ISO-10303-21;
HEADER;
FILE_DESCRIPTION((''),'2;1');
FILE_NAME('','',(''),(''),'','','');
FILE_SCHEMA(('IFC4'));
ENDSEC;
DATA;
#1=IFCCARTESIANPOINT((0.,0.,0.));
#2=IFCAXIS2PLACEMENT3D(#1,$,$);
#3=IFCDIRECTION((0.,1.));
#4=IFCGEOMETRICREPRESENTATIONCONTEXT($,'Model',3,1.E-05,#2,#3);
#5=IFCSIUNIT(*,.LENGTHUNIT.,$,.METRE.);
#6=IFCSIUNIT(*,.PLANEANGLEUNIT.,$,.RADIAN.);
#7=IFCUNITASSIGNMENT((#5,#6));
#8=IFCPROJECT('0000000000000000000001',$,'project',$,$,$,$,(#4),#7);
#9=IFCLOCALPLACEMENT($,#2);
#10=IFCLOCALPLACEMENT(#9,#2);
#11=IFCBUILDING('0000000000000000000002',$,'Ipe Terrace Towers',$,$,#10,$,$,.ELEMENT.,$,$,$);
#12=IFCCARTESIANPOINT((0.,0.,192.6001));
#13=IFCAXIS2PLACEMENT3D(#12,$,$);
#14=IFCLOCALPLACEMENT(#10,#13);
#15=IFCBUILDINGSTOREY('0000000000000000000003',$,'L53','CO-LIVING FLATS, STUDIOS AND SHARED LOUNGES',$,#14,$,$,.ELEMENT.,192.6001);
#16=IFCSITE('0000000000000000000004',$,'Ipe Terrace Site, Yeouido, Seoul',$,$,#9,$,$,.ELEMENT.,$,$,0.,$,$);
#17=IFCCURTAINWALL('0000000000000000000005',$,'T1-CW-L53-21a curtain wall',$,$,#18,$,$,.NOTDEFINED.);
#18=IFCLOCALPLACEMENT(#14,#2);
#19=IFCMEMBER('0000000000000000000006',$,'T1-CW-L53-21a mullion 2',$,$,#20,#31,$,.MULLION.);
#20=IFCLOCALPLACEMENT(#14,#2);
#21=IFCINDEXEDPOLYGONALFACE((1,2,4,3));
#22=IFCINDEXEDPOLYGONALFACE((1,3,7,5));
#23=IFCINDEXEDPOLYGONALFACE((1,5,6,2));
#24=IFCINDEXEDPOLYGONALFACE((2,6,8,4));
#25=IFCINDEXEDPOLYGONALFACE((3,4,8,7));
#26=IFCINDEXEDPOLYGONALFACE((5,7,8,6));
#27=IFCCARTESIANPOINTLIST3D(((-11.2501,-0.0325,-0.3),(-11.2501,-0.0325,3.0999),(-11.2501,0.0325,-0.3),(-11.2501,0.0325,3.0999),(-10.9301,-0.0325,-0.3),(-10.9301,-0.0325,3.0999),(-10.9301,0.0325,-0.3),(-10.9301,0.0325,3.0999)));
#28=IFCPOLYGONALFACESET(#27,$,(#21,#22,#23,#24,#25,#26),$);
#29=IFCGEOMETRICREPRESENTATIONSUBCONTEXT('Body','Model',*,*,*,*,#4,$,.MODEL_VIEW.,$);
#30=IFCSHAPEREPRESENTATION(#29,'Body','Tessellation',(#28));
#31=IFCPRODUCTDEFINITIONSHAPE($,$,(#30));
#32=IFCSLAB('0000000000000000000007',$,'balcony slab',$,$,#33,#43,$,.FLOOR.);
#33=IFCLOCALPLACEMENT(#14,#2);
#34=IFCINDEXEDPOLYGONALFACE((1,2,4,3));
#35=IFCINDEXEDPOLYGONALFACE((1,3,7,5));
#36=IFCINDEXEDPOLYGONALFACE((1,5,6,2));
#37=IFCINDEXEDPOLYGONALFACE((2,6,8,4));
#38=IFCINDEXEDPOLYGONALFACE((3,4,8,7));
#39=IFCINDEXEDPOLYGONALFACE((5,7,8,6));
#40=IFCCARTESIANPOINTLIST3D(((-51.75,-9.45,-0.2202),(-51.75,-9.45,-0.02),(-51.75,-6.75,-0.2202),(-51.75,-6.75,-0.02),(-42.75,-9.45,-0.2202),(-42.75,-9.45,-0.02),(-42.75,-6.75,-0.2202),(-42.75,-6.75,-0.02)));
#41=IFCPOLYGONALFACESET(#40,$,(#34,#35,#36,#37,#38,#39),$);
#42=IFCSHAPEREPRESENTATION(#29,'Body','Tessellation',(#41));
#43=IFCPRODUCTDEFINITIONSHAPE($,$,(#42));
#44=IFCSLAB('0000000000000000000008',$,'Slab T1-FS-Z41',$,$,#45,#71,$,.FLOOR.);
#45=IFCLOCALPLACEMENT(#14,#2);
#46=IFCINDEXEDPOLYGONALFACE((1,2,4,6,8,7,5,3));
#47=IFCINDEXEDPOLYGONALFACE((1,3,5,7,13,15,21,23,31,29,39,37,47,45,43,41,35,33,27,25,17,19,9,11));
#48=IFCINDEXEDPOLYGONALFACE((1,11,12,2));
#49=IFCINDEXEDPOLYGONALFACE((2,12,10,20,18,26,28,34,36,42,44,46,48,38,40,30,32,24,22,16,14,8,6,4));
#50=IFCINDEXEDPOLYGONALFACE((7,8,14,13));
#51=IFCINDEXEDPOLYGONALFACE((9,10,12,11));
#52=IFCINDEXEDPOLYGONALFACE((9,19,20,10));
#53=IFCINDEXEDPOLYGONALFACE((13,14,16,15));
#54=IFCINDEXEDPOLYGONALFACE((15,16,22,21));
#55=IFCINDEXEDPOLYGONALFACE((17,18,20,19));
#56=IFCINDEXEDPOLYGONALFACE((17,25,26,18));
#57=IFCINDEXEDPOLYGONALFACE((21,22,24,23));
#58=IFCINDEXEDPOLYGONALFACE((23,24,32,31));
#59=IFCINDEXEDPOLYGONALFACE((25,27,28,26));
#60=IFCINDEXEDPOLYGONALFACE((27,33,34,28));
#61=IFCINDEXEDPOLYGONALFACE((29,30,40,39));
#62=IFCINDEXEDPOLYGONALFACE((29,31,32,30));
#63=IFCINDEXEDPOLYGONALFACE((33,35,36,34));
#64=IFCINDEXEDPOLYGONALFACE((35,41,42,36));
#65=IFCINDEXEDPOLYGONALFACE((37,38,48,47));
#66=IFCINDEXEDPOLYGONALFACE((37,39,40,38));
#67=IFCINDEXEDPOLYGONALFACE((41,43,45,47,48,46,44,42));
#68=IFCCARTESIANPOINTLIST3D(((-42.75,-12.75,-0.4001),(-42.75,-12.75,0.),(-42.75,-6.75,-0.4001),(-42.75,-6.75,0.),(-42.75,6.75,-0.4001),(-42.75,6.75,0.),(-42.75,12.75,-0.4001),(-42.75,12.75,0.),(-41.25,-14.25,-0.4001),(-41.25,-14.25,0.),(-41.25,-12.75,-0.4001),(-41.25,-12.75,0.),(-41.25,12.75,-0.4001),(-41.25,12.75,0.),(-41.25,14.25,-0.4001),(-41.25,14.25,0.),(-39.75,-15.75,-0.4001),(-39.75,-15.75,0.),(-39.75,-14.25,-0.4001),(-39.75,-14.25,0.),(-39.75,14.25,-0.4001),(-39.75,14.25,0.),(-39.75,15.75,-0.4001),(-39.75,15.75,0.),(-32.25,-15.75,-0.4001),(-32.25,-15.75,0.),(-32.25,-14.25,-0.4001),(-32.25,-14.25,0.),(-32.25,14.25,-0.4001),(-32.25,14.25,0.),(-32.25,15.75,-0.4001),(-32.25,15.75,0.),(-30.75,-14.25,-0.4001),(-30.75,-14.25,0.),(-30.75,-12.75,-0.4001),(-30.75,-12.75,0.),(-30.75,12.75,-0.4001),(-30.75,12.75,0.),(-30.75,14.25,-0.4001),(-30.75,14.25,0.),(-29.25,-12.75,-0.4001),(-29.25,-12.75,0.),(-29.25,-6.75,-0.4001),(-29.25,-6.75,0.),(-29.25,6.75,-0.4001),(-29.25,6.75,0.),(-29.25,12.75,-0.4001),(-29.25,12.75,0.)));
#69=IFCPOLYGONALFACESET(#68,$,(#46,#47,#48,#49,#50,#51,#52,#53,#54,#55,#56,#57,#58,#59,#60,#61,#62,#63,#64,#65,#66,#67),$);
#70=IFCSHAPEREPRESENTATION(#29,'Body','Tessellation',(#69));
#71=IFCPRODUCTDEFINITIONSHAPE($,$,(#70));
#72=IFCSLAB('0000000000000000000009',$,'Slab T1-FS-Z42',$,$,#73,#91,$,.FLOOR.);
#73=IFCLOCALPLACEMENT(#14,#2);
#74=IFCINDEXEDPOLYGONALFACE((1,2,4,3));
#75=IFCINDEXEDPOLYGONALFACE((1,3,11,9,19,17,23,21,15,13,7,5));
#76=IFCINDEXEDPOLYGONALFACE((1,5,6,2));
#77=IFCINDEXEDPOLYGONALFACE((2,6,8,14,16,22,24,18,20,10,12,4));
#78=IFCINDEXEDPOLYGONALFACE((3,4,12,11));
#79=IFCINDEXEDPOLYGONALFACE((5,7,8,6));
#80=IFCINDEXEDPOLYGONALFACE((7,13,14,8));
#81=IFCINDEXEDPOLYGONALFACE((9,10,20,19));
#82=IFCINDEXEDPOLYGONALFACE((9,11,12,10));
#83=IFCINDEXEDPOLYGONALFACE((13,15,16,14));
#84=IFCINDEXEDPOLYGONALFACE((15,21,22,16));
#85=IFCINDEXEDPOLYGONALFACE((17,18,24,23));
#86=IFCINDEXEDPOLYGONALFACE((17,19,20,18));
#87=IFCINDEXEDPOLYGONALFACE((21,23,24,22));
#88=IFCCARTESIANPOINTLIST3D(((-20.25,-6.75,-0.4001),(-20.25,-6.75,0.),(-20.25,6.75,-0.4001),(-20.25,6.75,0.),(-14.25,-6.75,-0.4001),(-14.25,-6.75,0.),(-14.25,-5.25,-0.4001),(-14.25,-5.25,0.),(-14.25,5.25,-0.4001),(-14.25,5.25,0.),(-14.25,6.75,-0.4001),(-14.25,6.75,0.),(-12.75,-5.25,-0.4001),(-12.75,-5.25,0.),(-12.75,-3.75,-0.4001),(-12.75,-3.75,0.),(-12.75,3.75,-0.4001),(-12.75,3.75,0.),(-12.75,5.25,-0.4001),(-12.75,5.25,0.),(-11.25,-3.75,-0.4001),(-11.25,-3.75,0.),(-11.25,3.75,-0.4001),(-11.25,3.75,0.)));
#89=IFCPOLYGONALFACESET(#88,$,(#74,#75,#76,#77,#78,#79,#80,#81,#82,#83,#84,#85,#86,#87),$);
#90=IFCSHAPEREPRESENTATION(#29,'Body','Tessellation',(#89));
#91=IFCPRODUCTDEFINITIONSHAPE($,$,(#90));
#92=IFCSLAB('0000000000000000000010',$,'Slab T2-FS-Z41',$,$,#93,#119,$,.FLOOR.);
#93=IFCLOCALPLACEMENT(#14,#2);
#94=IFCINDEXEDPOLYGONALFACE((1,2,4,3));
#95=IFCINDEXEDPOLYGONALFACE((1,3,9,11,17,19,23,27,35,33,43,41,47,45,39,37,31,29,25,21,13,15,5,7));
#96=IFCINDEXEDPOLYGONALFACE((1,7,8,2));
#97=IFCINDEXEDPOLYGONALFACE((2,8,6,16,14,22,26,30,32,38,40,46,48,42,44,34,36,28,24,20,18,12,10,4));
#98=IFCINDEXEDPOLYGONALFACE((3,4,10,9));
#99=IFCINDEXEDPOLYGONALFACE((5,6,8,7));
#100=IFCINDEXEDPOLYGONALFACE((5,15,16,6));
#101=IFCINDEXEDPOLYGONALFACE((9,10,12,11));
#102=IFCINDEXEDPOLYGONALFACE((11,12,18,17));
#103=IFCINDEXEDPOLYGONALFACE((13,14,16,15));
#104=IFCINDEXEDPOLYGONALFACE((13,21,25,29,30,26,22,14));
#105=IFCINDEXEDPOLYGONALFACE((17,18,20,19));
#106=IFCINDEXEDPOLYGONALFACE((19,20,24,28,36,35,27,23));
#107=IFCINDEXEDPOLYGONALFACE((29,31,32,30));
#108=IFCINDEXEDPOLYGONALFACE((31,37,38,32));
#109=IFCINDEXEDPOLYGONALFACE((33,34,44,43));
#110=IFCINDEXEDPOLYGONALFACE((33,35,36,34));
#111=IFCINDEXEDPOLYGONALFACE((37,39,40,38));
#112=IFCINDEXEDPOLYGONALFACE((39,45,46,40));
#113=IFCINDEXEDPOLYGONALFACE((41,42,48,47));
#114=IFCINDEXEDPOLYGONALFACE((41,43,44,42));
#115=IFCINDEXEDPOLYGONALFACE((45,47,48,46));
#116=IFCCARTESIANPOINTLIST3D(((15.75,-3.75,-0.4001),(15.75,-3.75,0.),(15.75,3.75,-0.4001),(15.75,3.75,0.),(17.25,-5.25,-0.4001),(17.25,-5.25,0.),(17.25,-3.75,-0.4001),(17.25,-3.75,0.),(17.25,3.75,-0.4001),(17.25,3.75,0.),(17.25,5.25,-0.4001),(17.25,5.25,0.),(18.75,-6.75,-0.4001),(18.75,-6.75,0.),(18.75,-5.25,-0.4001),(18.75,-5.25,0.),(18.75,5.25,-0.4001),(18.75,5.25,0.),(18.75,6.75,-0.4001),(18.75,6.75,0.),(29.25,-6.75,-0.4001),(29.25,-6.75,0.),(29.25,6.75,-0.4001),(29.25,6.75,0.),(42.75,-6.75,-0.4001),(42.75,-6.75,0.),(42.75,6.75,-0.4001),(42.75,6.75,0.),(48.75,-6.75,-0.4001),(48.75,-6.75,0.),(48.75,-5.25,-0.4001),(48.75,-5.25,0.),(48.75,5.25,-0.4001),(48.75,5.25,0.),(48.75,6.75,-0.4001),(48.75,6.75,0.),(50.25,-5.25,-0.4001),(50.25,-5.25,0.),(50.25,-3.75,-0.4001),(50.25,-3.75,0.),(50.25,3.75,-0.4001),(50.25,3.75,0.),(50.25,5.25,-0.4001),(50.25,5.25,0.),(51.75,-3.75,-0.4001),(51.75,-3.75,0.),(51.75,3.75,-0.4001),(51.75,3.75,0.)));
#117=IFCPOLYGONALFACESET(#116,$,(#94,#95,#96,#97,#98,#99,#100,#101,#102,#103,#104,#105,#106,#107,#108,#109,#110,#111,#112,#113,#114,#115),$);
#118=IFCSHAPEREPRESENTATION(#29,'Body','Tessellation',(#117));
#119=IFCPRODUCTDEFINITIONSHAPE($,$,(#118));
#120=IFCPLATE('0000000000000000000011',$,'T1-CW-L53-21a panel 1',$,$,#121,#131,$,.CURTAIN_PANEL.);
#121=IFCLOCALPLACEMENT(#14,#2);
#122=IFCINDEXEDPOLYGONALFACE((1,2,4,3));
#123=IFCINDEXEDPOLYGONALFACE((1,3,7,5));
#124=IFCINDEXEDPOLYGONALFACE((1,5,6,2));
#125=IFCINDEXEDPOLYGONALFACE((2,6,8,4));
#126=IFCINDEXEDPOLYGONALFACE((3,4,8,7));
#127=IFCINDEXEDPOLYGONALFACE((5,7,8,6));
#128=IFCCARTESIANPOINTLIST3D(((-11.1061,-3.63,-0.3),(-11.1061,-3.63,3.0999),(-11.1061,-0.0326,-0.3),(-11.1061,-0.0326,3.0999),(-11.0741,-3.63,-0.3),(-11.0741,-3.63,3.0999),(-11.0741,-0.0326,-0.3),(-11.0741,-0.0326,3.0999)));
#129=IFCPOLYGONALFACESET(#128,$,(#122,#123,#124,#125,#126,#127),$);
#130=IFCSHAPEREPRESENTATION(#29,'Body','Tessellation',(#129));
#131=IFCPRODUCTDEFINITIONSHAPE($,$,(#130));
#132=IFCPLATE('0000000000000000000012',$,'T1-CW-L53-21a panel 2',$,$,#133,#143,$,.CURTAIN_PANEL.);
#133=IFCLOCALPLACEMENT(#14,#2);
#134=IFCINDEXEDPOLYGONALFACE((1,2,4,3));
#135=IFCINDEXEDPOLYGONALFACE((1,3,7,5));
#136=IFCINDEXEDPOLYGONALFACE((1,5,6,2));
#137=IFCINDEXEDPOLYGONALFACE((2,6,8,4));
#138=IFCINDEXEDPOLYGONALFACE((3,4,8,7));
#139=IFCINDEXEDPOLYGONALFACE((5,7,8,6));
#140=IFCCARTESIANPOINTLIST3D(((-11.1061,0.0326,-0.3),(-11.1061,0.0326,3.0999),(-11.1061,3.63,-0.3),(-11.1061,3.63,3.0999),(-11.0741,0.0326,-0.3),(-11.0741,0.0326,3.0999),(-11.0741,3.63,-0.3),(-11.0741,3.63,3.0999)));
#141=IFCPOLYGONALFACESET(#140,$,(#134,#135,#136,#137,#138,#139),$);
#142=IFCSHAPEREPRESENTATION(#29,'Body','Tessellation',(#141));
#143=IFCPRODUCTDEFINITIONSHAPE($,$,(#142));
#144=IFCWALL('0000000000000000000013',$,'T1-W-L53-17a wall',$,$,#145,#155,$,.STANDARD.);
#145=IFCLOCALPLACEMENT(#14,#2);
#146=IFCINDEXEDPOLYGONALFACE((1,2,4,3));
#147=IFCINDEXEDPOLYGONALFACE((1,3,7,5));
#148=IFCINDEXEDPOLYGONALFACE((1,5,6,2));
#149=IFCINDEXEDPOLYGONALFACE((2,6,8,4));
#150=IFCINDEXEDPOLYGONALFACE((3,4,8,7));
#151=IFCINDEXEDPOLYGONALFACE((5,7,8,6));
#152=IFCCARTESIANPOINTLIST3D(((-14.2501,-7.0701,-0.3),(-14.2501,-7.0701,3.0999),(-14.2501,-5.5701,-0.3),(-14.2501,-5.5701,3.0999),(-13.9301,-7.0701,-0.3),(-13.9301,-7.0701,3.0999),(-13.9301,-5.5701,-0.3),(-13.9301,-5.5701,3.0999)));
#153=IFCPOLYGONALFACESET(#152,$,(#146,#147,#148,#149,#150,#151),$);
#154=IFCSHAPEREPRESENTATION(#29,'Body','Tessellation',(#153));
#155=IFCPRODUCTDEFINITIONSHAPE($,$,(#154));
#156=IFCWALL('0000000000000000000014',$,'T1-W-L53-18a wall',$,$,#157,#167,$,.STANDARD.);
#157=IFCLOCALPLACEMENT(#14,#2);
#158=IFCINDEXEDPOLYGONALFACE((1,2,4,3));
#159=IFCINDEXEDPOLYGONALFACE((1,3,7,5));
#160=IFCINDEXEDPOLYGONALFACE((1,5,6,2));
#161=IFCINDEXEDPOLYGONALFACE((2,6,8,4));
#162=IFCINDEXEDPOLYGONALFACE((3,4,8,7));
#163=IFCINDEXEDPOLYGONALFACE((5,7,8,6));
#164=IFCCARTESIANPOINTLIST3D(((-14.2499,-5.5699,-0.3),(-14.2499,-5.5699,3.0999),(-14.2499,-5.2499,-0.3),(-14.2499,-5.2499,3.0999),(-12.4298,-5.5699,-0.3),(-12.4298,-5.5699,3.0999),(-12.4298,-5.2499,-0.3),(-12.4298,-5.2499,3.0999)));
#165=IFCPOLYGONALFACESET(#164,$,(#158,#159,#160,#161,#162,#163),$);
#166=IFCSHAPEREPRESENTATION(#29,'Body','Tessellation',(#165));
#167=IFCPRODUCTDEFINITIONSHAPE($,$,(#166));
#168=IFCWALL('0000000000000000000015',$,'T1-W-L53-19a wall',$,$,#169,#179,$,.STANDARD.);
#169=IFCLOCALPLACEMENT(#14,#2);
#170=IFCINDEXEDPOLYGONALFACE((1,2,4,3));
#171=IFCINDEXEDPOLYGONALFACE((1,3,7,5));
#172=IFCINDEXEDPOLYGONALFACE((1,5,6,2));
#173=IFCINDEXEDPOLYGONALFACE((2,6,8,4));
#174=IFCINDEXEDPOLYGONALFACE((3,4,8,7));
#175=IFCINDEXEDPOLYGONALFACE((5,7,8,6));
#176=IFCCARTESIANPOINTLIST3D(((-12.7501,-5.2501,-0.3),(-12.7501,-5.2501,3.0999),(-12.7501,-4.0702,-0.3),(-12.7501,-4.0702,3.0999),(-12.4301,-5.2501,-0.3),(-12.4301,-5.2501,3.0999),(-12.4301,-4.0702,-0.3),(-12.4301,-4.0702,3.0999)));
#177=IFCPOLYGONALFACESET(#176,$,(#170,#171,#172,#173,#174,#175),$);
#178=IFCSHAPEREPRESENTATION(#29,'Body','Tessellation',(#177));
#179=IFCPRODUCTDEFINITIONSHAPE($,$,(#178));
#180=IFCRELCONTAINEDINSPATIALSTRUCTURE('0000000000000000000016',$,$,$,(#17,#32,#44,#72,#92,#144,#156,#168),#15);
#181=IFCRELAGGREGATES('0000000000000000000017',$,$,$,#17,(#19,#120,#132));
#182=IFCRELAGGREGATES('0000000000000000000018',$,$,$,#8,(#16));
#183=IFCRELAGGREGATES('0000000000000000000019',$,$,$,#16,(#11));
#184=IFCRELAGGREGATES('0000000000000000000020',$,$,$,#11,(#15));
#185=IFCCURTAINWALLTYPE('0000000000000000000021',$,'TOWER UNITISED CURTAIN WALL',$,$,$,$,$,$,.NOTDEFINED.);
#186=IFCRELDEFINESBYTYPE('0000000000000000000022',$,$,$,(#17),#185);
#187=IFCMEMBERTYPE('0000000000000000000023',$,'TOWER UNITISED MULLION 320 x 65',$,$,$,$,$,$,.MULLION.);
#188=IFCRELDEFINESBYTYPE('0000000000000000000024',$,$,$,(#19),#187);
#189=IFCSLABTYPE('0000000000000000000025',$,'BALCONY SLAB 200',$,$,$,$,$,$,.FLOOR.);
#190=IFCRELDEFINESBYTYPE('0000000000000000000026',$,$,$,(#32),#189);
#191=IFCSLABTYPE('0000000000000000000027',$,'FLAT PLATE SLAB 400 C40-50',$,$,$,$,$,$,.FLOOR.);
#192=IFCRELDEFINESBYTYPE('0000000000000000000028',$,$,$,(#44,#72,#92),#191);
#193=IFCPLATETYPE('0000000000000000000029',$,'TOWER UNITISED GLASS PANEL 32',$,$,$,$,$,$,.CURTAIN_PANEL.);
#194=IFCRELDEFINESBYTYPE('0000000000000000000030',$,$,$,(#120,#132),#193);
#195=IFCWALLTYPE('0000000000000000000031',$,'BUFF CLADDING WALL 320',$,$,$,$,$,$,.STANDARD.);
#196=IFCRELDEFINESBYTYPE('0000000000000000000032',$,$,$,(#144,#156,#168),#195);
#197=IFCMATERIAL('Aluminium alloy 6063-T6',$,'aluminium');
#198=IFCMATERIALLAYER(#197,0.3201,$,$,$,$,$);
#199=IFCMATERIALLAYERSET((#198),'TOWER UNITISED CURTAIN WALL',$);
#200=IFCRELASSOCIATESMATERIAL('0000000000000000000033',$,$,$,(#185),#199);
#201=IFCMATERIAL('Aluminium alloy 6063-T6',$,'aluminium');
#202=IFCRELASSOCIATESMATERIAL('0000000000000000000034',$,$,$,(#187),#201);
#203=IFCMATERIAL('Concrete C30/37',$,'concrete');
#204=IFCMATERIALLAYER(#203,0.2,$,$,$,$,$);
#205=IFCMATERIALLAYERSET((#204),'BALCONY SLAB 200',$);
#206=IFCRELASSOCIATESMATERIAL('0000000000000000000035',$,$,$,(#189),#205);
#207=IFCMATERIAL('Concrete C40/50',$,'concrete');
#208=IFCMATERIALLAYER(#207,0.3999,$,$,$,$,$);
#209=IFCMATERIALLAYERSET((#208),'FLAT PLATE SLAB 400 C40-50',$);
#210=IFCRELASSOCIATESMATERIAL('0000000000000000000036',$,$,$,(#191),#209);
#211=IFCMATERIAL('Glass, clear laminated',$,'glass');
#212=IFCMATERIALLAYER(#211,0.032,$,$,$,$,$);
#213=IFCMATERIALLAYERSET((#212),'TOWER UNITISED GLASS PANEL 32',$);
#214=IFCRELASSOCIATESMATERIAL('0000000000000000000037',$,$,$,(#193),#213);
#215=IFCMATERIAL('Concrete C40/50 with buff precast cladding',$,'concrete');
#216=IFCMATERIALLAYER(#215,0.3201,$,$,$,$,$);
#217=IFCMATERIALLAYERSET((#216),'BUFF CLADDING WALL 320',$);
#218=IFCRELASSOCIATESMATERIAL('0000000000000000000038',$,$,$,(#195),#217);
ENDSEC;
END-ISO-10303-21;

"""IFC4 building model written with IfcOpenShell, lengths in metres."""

from ifc_helpers import new_model, si_unit, direction, frame, frame_2d, origin, origin_2d, place, context, subcontext, project, spatial, polyline, rectangle, outline, extrude, material, layer, layer_set, material_profile, profile_set, type_object, element, aggregate, save


model = new_model("IFC4")

# Units and contexts
model_context = context("Model", 3, precision=1e-05, world=origin(), true_north=direction((0.0, 1.0)))
body_context = subcontext(model_context, "Body", "Model", "MODEL_VIEW")
ifc_project = project(units=[si_unit("LENGTHUNIT", "METRE"), si_unit("PLANEANGLEUNIT", "RADIAN")], contexts=[model_context])

# Site, building, storey
site_placement = place(None, origin())
site = spatial("IfcSite", under=ifc_project, at=site_placement, Name="Ipe Terrace Site, Yeouido, Seoul", CompositionType="ELEMENT", RefElevation=0.0)
building_placement = place(site_placement, origin())
building = spatial("IfcBuilding", under=site, at=building_placement, Name="Ipe Terrace Towers", CompositionType="ELEMENT")
storey_placement = place(building_placement, frame((0.0, 0.0, 192.6001)))
storey = spatial("IfcBuildingStorey", under=building, at=storey_placement, Name="L53", Description="CO-LIVING FLATS, STUDIOS AND SHARED LOUNGES", CompositionType="ELEMENT", Elevation=192.6001)

# Curtain wall, member
ifc_material_1 = material(Name="Aluminium alloy 6063-T6", Category="aluminium")
ifc_layer_1 = layer(ifc_material_1, 0.3201)
ifc_layer_set_1 = layer_set([ifc_layer_1], Name="TOWER UNITISED CURTAIN WALL")
curtain_wall_type = type_object("IfcCurtainWallType", Name="TOWER UNITISED CURTAIN WALL", PredefinedType="NOTDEFINED", material=ifc_layer_set_1)
curtain_wall_placement = place(storey_placement, origin())
curtain_wall = element("IfcCurtainWall", 1, at=curtain_wall_placement, inside=storey, type_object=curtain_wall_type, Name="T1-CW-L53-21a curtain wall", PredefinedType="NOTDEFINED")
ifc_material_2 = material(Name="Aluminium alloy 6063-T6", Category="aluminium")
ifc_material_profile_1 = material_profile(ifc_material_2, rectangle(XDim=0.3201, YDim=0.0649, at=origin_2d()), Name="TOWER UNITISED MULLION 320 x 65")
ifc_profile_set_1 = profile_set([ifc_material_profile_1], Name="Aluminium alloy 6063-T6")
member_type_1 = type_object("IfcMemberType", Name="TOWER UNITISED MULLION 320 x 65", PredefinedType="MULLION", material=ifc_profile_set_1)
member_1_placement = place(storey_placement, frame((-11.0901, 0.0, -0.3), z_axis=(0.0, 0.0, 1.0), x_axis=(1.0, 0.0, 0.0)))
member_1 = element("IfcMember", 2, at=member_1_placement, type_object=member_type_1, Name="T1-CW-L53-21a mullion 2", PredefinedType="MULLION", context=body_context, shape_type="SweptSolid", body=[
    extrude(rectangle(XDim=0.3201, YDim=0.0649, at=origin_2d()), origin(), (0.0, 0.0, 1.0), 3.3999),
])

# Slabs
ifc_material_3 = material(Name="Concrete C30/37", Category="concrete")
ifc_layer_2 = layer(ifc_material_3, 0.2)
ifc_layer_set_2 = layer_set([ifc_layer_2], Name="BALCONY SLAB 200")
slab_type_1 = type_object("IfcSlabType", Name="BALCONY SLAB 200", PredefinedType="FLOOR", material=ifc_layer_set_2)
slab_1_placement = place(storey_placement, frame((0.0, 0.0, -0.2202)))
element("IfcSlab", 3, at=slab_1_placement, inside=storey, type_object=slab_type_1, Name="balcony slab", PredefinedType="FLOOR", context=body_context, shape_type="SweptSolid", body=[
    extrude(outline(polyline([(-51.75, -6.75), (-51.75, -9.45), (-42.75, -9.45), (-42.75, -6.75), (-51.75, -6.75)])), origin(), (0.0, 0.0, 1.0), 0.2002),
])
ifc_material_4 = material(Name="Concrete C40/50", Category="concrete")
ifc_layer_3 = layer(ifc_material_4, 0.3999)
ifc_layer_set_3 = layer_set([ifc_layer_3], Name="FLAT PLATE SLAB 400 C40-50")
slab_type_2 = type_object("IfcSlabType", Name="FLAT PLATE SLAB 400 C40-50", PredefinedType="FLOOR", material=ifc_layer_set_3)
slab_2_placement = place(storey_placement, frame((0.0, 0.0, -0.4001)))
element("IfcSlab", 4, at=slab_2_placement, inside=storey, type_object=slab_type_2, Name="Slab T1-FS-Z41", PredefinedType="FLOOR", context=body_context, shape_type="SweptSolid", body=[
    extrude(outline(polyline([(-30.75, -12.75), (-30.75, -14.25), (-32.25, -14.25), (-32.25, -15.75), (-39.75, -15.75), (-39.75, -14.25), (-41.25, -14.25), (-41.25, -12.75), (-42.75, -12.75), (-42.75, -6.75), (-42.75, 6.75), (-42.75, 12.75), (-41.25, 12.75), (-41.25, 14.25), (-39.75, 14.25), (-39.75, 15.75), (-32.25, 15.75), (-32.25, 14.25), (-30.75, 14.25), (-30.75, 12.75), (-29.25, 12.75), (-29.25, 6.75), (-29.25, -6.75), (-29.25, -12.75), (-30.75, -12.75)])), origin(), (0.0, 0.0, 1.0), 0.4001),
])
slab_3_placement = place(storey_placement, frame((0.0, 0.0, -0.4001)))
element("IfcSlab", 5, at=slab_3_placement, inside=storey, type_object=slab_type_2, Name="Slab T1-FS-Z42", PredefinedType="FLOOR", context=body_context, shape_type="SweptSolid", body=[
    extrude(outline(polyline([(-14.25, 5.25), (-12.75, 5.25), (-12.75, 3.75), (-11.25, 3.75), (-11.25, -3.75), (-12.75, -3.75), (-12.75, -5.25), (-14.25, -5.25), (-14.25, -6.75), (-20.25, -6.75), (-20.25, 6.75), (-14.25, 6.75), (-14.25, 5.25)])), origin(), (0.0, 0.0, 1.0), 0.4001),
])
slab_4_placement = place(storey_placement, frame((0.0, 0.0, -0.4001)))
element("IfcSlab", 6, at=slab_4_placement, inside=storey, type_object=slab_type_2, Name="Slab T2-FS-Z41", PredefinedType="FLOOR", context=body_context, shape_type="SweptSolid", body=[
    extrude(outline(polyline([(48.75, 5.25), (50.25, 5.25), (50.25, 3.75), (51.75, 3.75), (51.75, -3.75), (50.25, -3.75), (50.25, -5.25), (48.75, -5.25), (48.75, -6.75), (42.75, -6.75), (29.25, -6.75), (18.75, -6.75), (18.75, -5.25), (17.25, -5.25), (17.25, -3.75), (15.75, -3.75), (15.75, 3.75), (17.25, 3.75), (17.25, 5.25), (18.75, 5.25), (18.75, 6.75), (29.25, 6.75), (42.75, 6.75), (48.75, 6.75), (48.75, 5.25)])), origin(), (0.0, 0.0, 1.0), 0.4001),
])

# Plates
ifc_material_5 = material(Name="Glass, clear laminated", Category="glass")
ifc_layer_4 = layer(ifc_material_5, 0.032)
ifc_layer_set_4 = layer_set([ifc_layer_4], Name="TOWER UNITISED GLASS PANEL 32")
plate_type = type_object("IfcPlateType", Name="TOWER UNITISED GLASS PANEL 32", PredefinedType="CURTAIN_PANEL", material=ifc_layer_set_4)
plate_1_placement = place(storey_placement, frame((-11.0901, -1.8313, -0.3), z_axis=(0.0, 0.0, 1.0), x_axis=(0.0, 1.0, 0.0)))
plate_1 = element("IfcPlate", 7, at=plate_1_placement, type_object=plate_type, Name="T1-CW-L53-21a panel 1", PredefinedType="CURTAIN_PANEL", context=body_context, shape_type="SweptSolid", body=[
    extrude(rectangle(XDim=3.5974, YDim=0.032, at=origin_2d()), origin(), (0.0, 0.0, 1.0), 3.3999),
])
plate_2_placement = place(storey_placement, frame((-11.0901, 1.8313, -0.3), z_axis=(0.0, 0.0, 1.0), x_axis=(0.0, 1.0, 0.0)))
plate_2 = element("IfcPlate", 8, at=plate_2_placement, type_object=plate_type, Name="T1-CW-L53-21a panel 2", PredefinedType="CURTAIN_PANEL", context=body_context, shape_type="SweptSolid", body=[
    extrude(rectangle(XDim=3.5974, YDim=0.032, at=origin_2d()), origin(), (0.0, 0.0, 1.0), 3.3999),
])
aggregate(curtain_wall, [member_1, plate_1, plate_2])

# Walls
ifc_material_6 = material(Name="Concrete C40/50 with buff precast cladding", Category="concrete")
ifc_layer_5 = layer(ifc_material_6, 0.3201)
ifc_layer_set_5 = layer_set([ifc_layer_5], Name="BUFF CLADDING WALL 320")
wall_type = type_object("IfcWallType", Name="BUFF CLADDING WALL 320", PredefinedType="STANDARD", material=ifc_layer_set_5)
wall_1_placement = place(storey_placement, frame((-14.0901, -7.0701, -0.3), z_axis=(0.0, 0.0, 1.0), x_axis=(0.0, 1.0, 0.0)))
element("IfcWall", 9, at=wall_1_placement, inside=storey, type_object=wall_type, Name="T1-W-L53-17a wall", PredefinedType="STANDARD", context=body_context, shape_type="SweptSolid", body=[
    extrude(rectangle(XDim=1.5, YDim=0.3201, at=frame_2d((0.75, 0.0))), origin(), (0.0, 0.0, 1.0), 3.3999),
])
wall_2_placement = place(storey_placement, frame((-14.25, -5.4099, -0.3), z_axis=(0.0, 0.0, 1.0), x_axis=(1.0, 0.0, 0.0)))
element("IfcWall", 10, at=wall_2_placement, inside=storey, type_object=wall_type, Name="T1-W-L53-18a wall", PredefinedType="STANDARD", context=body_context, shape_type="SweptSolid", body=[
    extrude(rectangle(XDim=1.8201, YDim=0.3201, at=frame_2d((0.9102, 0.0))), origin(), (0.0, 0.0, 1.0), 3.3999),
])
wall_3_placement = place(storey_placement, frame((-12.5901, -5.25, -0.3), z_axis=(0.0, 0.0, 1.0), x_axis=(0.0, 1.0, 0.0)))
element("IfcWall", 11, at=wall_3_placement, inside=storey, type_object=wall_type, Name="T1-W-L53-19a wall", PredefinedType="STANDARD", context=body_context, shape_type="SweptSolid", body=[
    extrude(rectangle(XDim=1.1799, YDim=0.3201, at=frame_2d((0.5898, 0.0))), origin(), (0.0, 0.0, 1.0), 3.3999),
])

save(model, "model.ifc")
